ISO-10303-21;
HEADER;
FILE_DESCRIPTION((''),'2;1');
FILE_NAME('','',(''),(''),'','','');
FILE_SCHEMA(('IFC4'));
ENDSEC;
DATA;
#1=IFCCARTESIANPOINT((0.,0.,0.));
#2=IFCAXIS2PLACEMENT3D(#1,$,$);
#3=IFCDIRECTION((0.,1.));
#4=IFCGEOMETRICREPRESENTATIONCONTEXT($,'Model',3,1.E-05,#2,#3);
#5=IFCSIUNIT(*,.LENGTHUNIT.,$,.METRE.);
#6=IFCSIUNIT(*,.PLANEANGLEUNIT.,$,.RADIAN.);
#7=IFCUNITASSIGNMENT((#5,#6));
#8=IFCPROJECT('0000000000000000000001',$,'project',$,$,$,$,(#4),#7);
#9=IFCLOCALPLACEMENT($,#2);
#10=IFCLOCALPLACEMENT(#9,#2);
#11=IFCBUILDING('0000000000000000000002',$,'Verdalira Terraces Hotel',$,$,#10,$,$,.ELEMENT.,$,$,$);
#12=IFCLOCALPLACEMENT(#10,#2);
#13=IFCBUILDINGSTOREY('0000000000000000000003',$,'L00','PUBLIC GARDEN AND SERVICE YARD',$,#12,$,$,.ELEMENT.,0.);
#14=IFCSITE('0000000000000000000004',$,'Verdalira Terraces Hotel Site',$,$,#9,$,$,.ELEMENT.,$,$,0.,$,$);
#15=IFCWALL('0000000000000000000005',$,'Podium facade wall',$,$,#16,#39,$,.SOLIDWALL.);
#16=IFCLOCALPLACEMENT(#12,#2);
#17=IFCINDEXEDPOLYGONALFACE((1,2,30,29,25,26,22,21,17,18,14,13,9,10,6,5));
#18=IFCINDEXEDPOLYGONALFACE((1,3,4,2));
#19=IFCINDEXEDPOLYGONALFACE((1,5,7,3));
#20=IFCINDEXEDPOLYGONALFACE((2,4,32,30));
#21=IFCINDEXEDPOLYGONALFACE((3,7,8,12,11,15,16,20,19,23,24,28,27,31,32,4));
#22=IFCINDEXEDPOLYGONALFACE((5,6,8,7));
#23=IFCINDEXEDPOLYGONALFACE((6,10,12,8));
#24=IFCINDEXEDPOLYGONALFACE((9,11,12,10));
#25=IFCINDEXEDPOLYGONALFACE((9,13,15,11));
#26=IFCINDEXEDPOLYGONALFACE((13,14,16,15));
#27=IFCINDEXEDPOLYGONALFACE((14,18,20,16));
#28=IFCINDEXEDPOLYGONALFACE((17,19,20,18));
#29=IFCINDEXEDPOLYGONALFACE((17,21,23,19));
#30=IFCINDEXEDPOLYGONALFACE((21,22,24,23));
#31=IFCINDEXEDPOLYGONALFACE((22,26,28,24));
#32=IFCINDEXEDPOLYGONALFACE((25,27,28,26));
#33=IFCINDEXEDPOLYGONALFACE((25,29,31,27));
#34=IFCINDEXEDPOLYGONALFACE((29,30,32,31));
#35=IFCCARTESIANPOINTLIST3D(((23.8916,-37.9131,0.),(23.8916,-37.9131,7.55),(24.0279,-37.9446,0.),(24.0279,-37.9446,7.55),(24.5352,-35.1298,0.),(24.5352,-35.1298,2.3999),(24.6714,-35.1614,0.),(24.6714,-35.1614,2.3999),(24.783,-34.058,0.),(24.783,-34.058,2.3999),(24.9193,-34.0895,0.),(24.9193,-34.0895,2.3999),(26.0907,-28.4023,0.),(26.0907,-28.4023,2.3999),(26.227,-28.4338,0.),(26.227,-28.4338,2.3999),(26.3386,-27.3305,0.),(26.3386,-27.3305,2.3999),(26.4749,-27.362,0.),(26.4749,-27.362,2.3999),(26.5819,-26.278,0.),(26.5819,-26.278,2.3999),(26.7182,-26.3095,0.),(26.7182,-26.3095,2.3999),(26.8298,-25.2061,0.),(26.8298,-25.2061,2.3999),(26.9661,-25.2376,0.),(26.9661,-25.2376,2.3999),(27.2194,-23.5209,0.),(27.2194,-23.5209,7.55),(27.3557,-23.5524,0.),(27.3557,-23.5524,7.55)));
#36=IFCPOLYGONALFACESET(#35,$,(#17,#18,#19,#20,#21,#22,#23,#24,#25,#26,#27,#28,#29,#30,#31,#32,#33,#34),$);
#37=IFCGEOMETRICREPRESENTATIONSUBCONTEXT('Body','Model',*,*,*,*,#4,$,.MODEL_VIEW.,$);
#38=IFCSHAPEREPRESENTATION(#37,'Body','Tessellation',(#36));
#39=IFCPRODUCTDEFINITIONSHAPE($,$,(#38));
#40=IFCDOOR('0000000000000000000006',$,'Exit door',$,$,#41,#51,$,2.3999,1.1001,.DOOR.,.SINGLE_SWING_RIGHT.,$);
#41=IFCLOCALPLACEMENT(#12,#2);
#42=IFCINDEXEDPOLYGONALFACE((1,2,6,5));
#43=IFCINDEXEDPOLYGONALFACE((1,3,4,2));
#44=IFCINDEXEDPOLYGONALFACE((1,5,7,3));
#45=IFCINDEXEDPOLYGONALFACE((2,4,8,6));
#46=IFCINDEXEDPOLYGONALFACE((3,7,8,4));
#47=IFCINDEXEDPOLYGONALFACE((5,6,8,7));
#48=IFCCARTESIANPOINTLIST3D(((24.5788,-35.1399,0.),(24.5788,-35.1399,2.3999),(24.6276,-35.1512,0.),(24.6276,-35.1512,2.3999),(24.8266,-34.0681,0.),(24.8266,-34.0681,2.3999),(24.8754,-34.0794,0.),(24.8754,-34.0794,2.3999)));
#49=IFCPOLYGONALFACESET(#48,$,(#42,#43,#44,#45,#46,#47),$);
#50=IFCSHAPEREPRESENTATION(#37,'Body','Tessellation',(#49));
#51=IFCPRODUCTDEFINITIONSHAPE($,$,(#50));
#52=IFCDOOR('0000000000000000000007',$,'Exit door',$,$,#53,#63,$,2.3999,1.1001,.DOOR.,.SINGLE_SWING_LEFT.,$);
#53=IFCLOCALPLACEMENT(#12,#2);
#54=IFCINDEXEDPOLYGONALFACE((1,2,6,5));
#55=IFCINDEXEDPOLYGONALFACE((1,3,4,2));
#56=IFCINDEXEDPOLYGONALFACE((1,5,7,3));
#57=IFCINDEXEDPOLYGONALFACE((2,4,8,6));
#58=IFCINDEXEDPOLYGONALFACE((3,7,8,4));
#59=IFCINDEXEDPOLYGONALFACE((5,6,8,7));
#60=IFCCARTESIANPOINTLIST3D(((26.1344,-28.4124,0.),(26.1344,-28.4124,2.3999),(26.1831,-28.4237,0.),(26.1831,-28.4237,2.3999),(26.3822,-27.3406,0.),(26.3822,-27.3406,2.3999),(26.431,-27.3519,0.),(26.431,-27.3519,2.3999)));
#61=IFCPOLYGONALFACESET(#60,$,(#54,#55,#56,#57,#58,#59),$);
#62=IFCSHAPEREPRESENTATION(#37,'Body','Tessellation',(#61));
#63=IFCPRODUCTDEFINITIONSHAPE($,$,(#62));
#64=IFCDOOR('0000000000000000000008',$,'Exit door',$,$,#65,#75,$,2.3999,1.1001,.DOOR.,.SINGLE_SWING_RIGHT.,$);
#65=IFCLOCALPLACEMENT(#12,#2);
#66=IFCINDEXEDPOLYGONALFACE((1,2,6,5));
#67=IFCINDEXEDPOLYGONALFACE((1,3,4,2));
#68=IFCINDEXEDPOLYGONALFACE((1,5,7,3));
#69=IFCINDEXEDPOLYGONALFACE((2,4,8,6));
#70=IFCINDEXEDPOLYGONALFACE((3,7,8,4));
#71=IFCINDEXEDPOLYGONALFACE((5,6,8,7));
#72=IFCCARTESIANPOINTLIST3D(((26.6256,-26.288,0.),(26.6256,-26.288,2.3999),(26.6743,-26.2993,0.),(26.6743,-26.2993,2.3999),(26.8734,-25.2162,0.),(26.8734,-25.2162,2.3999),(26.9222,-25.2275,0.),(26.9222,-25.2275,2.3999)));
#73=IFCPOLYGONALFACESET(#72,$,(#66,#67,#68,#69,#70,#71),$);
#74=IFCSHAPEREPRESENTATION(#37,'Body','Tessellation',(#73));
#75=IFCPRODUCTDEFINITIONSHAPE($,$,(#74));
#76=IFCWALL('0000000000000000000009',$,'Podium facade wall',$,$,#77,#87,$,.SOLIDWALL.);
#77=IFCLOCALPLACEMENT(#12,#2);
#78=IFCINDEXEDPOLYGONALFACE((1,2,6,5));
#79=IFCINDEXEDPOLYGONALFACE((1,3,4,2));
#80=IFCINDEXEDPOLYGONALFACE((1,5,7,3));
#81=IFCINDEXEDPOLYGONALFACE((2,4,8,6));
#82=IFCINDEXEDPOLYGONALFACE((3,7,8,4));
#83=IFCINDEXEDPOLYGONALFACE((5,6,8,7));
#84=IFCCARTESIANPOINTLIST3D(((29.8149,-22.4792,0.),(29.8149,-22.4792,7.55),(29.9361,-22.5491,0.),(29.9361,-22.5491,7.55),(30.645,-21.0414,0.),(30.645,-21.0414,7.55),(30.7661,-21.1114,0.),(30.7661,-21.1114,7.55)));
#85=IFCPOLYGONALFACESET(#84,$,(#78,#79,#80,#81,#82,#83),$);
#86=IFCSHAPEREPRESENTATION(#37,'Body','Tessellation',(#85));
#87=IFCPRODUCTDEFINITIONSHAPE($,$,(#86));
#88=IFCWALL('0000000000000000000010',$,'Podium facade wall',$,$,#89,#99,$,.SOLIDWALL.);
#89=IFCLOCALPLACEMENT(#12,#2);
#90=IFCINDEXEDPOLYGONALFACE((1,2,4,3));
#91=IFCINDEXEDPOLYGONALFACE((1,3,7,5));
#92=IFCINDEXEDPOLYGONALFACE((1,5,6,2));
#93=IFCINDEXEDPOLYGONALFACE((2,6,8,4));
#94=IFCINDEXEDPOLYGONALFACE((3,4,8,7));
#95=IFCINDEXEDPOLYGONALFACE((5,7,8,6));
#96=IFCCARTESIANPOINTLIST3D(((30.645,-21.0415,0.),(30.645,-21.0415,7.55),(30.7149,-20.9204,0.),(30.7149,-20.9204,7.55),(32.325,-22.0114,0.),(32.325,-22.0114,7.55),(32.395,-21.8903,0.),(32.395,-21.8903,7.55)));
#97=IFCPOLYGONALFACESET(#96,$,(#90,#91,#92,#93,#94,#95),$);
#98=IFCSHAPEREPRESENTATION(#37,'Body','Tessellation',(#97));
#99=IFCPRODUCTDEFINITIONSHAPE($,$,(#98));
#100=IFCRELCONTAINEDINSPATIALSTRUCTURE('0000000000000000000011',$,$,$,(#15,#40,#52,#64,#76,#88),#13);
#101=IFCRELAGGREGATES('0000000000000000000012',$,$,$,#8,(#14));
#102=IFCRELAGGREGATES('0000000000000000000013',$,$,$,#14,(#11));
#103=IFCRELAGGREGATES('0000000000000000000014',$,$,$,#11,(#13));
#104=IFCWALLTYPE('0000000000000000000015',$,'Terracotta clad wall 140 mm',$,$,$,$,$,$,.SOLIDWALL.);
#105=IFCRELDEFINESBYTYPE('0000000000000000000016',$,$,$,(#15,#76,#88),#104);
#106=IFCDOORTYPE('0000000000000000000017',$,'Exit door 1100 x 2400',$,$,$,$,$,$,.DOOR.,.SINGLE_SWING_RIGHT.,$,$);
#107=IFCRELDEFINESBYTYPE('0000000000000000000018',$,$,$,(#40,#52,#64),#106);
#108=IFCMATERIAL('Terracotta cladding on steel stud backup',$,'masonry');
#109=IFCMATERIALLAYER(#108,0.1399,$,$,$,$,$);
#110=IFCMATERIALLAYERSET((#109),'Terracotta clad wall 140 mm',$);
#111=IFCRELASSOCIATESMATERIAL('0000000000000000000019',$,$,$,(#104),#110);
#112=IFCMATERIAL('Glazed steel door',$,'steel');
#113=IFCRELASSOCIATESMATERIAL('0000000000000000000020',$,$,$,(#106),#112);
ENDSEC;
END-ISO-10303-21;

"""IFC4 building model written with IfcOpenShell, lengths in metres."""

from ifc_helpers import new_model, si_unit, direction, frame, frame_2d, origin, place, context, subcontext, project, spatial, rectangle, extrude, material, layer, layer_set, type_object, element, fill, save


model = new_model("IFC4")

# Units and contexts
model_context = context("Model", 3, precision=1e-05, world=origin(), true_north=direction((0.0, 1.0)))
body_context = subcontext(model_context, "Body", "Model", "MODEL_VIEW")
ifc_project = project(units=[si_unit("LENGTHUNIT", "METRE"), si_unit("PLANEANGLEUNIT", "RADIAN")], contexts=[model_context])

# Site, building, storey
site_placement = place(None, origin())
site = spatial("IfcSite", under=ifc_project, at=site_placement, Name="Verdalira Terraces Hotel Site", CompositionType="ELEMENT", RefElevation=0.0)
building_placement = place(site_placement, origin())
building = spatial("IfcBuilding", under=site, at=building_placement, Name="Verdalira Terraces Hotel", CompositionType="ELEMENT")
storey_placement = place(building_placement, origin())
storey = spatial("IfcBuildingStorey", under=building, at=storey_placement, Name="L00", Description="PUBLIC GARDEN AND SERVICE YARD", CompositionType="ELEMENT", Elevation=0.0)

# Wall, openings, doors
ifc_material_1 = material(Name="Terracotta cladding on steel stud backup", Category="masonry")
ifc_layer_1 = layer(ifc_material_1, 0.1399)
ifc_layer_set_1 = layer_set([ifc_layer_1], Name="Terracotta clad wall 140 mm")
wall_type_1 = type_object("IfcWallType", Name="Terracotta clad wall 140 mm", PredefinedType="SOLIDWALL", material=ifc_layer_set_1)
wall_1_placement = place(storey_placement, frame((27.2876, -23.5366, 0.0), z_axis=(0.0, 0.0, 1.0), x_axis=(-0.225282, -0.974294, 0.0)))
wall_1 = element("IfcWall", 1, at=wall_1_placement, inside=storey, type_object=wall_type_1, Name="Podium facade wall", PredefinedType="SOLIDWALL", context=body_context, shape_type="SweptSolid", body=[
    extrude(rectangle(XDim=14.772, YDim=0.1399, at=frame_2d((7.386, 0.0))), origin(), (0.0, 0.0, 1.0), 7.55),
])
opening_1_placement = place(wall_1_placement, frame((10.8152, 0.0, 0.0)))
opening_1 = element("IfcOpeningElement", 2, at=opening_1_placement, cuts=wall_1, PredefinedType="OPENING", context=body_context, shape_type="SweptSolid", body=[
    extrude(rectangle(XDim=1.1001, YDim=2.3999, at=frame_2d((0.55, 1.2))), frame((0.0, 0.0798, 0.0), z_axis=(0.0, -1.0, 0.0), x_axis=(1.0, 0.0, 0.0)), (0.0, 0.0, 1.0), 0.1599),
])
opening_2_placement = place(wall_1_placement, frame((3.9102, 0.0, 0.0)))
opening_2 = element("IfcOpeningElement", 3, at=opening_2_placement, cuts=wall_1, PredefinedType="OPENING", context=body_context, shape_type="SweptSolid", body=[
    extrude(rectangle(XDim=1.1001, YDim=2.3999, at=frame_2d((0.55, 1.2))), frame((0.0, 0.0798, 0.0), z_axis=(0.0, -1.0, 0.0), x_axis=(1.0, 0.0, 0.0)), (0.0, 0.0, 1.0), 0.1599),
])
opening_3_placement = place(wall_1_placement, frame((1.7297, 0.0, 0.0)))
opening_3 = element("IfcOpeningElement", 4, at=opening_3_placement, cuts=wall_1, PredefinedType="OPENING", context=body_context, shape_type="SweptSolid", body=[
    extrude(rectangle(XDim=1.1001, YDim=2.3999, at=frame_2d((0.55, 1.2))), frame((0.0, 0.0798, 0.0), z_axis=(0.0, -1.0, 0.0), x_axis=(1.0, 0.0, 0.0)), (0.0, 0.0, 1.0), 0.1599),
])
ifc_material_2 = material(Name="Glazed steel door", Category="steel")
door_type_1 = type_object("IfcDoorType", Name="Exit door 1100 x 2400", OperationType="SINGLE_SWING_RIGHT", PredefinedType="DOOR", material=ifc_material_2)
door_1_placement = place(opening_1_placement, origin())
door_1 = element("IfcDoor", 5, at=door_1_placement, inside=storey, type_object=door_type_1, Name="Exit door", OperationType="SINGLE_SWING_RIGHT", OverallHeight=2.3999, OverallWidth=1.1001, PredefinedType="DOOR", context=body_context, shape_type="SweptSolid", body=[
    extrude(rectangle(XDim=1.1001, YDim=2.3999, at=frame_2d((0.55, 1.2))), frame((0.0, 0.0249, 0.0), z_axis=(0.0, -1.0, 0.0), x_axis=(1.0, 0.0, 0.0)), (0.0, 0.0, 1.0), 0.05),
])
fill(opening_1, door_1)
door_2_placement = place(opening_2_placement, origin())
door_2 = element("IfcDoor", 6, at=door_2_placement, inside=storey, type_object=door_type_1, Name="Exit door", OperationType="SINGLE_SWING_LEFT", OverallHeight=2.3999, OverallWidth=1.1001, PredefinedType="DOOR", context=body_context, shape_type="SweptSolid", body=[
    extrude(rectangle(XDim=1.1001, YDim=2.3999, at=frame_2d((0.55, 1.2))), frame((0.0, 0.0249, 0.0), z_axis=(0.0, -1.0, 0.0), x_axis=(1.0, 0.0, 0.0)), (0.0, 0.0, 1.0), 0.05),
])
fill(opening_2, door_2)
door_3_placement = place(opening_3_placement, origin())
door_3 = element("IfcDoor", 7, at=door_3_placement, inside=storey, type_object=door_type_1, Name="Exit door", OperationType="SINGLE_SWING_RIGHT", OverallHeight=2.3999, OverallWidth=1.1001, PredefinedType="DOOR", context=body_context, shape_type="SweptSolid", body=[
    extrude(rectangle(XDim=1.1001, YDim=2.3999, at=frame_2d((0.55, 1.2))), frame((0.0, 0.0249, 0.0), z_axis=(0.0, -1.0, 0.0), x_axis=(1.0, 0.0, 0.0)), (0.0, 0.0, 1.0), 0.05),
])
fill(opening_3, door_3)

# Walls
wall_2_placement = place(storey_placement, frame((29.8755, -22.5142, 0.0), z_axis=(0.0, 0.0, 1.0), x_axis=(0.499998, 0.866026, 0.0)))
element("IfcWall", 8, at=wall_2_placement, inside=storey, type_object=wall_type_1, Name="Podium facade wall", PredefinedType="SOLIDWALL", context=body_context, shape_type="SweptSolid", body=[
    extrude(rectangle(XDim=1.6602, YDim=0.1399, at=frame_2d((0.8301, 0.0))), origin(), (0.0, 0.0, 1.0), 7.55),
])
wall_3_placement = place(storey_placement, frame((30.6799, -20.981, 0.0), z_axis=(0.0, 0.0, 1.0), x_axis=(0.866043, -0.499969, 0.0)))
element("IfcWall", 9, at=wall_3_placement, inside=storey, type_object=wall_type_1, Name="Podium facade wall", PredefinedType="SOLIDWALL", context=body_context, shape_type="SweptSolid", body=[
    extrude(rectangle(XDim=1.9399, YDim=0.1399, at=frame_2d((0.97, 0.0))), origin(), (0.0, 0.0, 1.0), 7.55),
])

save(model, "model.ifc")
